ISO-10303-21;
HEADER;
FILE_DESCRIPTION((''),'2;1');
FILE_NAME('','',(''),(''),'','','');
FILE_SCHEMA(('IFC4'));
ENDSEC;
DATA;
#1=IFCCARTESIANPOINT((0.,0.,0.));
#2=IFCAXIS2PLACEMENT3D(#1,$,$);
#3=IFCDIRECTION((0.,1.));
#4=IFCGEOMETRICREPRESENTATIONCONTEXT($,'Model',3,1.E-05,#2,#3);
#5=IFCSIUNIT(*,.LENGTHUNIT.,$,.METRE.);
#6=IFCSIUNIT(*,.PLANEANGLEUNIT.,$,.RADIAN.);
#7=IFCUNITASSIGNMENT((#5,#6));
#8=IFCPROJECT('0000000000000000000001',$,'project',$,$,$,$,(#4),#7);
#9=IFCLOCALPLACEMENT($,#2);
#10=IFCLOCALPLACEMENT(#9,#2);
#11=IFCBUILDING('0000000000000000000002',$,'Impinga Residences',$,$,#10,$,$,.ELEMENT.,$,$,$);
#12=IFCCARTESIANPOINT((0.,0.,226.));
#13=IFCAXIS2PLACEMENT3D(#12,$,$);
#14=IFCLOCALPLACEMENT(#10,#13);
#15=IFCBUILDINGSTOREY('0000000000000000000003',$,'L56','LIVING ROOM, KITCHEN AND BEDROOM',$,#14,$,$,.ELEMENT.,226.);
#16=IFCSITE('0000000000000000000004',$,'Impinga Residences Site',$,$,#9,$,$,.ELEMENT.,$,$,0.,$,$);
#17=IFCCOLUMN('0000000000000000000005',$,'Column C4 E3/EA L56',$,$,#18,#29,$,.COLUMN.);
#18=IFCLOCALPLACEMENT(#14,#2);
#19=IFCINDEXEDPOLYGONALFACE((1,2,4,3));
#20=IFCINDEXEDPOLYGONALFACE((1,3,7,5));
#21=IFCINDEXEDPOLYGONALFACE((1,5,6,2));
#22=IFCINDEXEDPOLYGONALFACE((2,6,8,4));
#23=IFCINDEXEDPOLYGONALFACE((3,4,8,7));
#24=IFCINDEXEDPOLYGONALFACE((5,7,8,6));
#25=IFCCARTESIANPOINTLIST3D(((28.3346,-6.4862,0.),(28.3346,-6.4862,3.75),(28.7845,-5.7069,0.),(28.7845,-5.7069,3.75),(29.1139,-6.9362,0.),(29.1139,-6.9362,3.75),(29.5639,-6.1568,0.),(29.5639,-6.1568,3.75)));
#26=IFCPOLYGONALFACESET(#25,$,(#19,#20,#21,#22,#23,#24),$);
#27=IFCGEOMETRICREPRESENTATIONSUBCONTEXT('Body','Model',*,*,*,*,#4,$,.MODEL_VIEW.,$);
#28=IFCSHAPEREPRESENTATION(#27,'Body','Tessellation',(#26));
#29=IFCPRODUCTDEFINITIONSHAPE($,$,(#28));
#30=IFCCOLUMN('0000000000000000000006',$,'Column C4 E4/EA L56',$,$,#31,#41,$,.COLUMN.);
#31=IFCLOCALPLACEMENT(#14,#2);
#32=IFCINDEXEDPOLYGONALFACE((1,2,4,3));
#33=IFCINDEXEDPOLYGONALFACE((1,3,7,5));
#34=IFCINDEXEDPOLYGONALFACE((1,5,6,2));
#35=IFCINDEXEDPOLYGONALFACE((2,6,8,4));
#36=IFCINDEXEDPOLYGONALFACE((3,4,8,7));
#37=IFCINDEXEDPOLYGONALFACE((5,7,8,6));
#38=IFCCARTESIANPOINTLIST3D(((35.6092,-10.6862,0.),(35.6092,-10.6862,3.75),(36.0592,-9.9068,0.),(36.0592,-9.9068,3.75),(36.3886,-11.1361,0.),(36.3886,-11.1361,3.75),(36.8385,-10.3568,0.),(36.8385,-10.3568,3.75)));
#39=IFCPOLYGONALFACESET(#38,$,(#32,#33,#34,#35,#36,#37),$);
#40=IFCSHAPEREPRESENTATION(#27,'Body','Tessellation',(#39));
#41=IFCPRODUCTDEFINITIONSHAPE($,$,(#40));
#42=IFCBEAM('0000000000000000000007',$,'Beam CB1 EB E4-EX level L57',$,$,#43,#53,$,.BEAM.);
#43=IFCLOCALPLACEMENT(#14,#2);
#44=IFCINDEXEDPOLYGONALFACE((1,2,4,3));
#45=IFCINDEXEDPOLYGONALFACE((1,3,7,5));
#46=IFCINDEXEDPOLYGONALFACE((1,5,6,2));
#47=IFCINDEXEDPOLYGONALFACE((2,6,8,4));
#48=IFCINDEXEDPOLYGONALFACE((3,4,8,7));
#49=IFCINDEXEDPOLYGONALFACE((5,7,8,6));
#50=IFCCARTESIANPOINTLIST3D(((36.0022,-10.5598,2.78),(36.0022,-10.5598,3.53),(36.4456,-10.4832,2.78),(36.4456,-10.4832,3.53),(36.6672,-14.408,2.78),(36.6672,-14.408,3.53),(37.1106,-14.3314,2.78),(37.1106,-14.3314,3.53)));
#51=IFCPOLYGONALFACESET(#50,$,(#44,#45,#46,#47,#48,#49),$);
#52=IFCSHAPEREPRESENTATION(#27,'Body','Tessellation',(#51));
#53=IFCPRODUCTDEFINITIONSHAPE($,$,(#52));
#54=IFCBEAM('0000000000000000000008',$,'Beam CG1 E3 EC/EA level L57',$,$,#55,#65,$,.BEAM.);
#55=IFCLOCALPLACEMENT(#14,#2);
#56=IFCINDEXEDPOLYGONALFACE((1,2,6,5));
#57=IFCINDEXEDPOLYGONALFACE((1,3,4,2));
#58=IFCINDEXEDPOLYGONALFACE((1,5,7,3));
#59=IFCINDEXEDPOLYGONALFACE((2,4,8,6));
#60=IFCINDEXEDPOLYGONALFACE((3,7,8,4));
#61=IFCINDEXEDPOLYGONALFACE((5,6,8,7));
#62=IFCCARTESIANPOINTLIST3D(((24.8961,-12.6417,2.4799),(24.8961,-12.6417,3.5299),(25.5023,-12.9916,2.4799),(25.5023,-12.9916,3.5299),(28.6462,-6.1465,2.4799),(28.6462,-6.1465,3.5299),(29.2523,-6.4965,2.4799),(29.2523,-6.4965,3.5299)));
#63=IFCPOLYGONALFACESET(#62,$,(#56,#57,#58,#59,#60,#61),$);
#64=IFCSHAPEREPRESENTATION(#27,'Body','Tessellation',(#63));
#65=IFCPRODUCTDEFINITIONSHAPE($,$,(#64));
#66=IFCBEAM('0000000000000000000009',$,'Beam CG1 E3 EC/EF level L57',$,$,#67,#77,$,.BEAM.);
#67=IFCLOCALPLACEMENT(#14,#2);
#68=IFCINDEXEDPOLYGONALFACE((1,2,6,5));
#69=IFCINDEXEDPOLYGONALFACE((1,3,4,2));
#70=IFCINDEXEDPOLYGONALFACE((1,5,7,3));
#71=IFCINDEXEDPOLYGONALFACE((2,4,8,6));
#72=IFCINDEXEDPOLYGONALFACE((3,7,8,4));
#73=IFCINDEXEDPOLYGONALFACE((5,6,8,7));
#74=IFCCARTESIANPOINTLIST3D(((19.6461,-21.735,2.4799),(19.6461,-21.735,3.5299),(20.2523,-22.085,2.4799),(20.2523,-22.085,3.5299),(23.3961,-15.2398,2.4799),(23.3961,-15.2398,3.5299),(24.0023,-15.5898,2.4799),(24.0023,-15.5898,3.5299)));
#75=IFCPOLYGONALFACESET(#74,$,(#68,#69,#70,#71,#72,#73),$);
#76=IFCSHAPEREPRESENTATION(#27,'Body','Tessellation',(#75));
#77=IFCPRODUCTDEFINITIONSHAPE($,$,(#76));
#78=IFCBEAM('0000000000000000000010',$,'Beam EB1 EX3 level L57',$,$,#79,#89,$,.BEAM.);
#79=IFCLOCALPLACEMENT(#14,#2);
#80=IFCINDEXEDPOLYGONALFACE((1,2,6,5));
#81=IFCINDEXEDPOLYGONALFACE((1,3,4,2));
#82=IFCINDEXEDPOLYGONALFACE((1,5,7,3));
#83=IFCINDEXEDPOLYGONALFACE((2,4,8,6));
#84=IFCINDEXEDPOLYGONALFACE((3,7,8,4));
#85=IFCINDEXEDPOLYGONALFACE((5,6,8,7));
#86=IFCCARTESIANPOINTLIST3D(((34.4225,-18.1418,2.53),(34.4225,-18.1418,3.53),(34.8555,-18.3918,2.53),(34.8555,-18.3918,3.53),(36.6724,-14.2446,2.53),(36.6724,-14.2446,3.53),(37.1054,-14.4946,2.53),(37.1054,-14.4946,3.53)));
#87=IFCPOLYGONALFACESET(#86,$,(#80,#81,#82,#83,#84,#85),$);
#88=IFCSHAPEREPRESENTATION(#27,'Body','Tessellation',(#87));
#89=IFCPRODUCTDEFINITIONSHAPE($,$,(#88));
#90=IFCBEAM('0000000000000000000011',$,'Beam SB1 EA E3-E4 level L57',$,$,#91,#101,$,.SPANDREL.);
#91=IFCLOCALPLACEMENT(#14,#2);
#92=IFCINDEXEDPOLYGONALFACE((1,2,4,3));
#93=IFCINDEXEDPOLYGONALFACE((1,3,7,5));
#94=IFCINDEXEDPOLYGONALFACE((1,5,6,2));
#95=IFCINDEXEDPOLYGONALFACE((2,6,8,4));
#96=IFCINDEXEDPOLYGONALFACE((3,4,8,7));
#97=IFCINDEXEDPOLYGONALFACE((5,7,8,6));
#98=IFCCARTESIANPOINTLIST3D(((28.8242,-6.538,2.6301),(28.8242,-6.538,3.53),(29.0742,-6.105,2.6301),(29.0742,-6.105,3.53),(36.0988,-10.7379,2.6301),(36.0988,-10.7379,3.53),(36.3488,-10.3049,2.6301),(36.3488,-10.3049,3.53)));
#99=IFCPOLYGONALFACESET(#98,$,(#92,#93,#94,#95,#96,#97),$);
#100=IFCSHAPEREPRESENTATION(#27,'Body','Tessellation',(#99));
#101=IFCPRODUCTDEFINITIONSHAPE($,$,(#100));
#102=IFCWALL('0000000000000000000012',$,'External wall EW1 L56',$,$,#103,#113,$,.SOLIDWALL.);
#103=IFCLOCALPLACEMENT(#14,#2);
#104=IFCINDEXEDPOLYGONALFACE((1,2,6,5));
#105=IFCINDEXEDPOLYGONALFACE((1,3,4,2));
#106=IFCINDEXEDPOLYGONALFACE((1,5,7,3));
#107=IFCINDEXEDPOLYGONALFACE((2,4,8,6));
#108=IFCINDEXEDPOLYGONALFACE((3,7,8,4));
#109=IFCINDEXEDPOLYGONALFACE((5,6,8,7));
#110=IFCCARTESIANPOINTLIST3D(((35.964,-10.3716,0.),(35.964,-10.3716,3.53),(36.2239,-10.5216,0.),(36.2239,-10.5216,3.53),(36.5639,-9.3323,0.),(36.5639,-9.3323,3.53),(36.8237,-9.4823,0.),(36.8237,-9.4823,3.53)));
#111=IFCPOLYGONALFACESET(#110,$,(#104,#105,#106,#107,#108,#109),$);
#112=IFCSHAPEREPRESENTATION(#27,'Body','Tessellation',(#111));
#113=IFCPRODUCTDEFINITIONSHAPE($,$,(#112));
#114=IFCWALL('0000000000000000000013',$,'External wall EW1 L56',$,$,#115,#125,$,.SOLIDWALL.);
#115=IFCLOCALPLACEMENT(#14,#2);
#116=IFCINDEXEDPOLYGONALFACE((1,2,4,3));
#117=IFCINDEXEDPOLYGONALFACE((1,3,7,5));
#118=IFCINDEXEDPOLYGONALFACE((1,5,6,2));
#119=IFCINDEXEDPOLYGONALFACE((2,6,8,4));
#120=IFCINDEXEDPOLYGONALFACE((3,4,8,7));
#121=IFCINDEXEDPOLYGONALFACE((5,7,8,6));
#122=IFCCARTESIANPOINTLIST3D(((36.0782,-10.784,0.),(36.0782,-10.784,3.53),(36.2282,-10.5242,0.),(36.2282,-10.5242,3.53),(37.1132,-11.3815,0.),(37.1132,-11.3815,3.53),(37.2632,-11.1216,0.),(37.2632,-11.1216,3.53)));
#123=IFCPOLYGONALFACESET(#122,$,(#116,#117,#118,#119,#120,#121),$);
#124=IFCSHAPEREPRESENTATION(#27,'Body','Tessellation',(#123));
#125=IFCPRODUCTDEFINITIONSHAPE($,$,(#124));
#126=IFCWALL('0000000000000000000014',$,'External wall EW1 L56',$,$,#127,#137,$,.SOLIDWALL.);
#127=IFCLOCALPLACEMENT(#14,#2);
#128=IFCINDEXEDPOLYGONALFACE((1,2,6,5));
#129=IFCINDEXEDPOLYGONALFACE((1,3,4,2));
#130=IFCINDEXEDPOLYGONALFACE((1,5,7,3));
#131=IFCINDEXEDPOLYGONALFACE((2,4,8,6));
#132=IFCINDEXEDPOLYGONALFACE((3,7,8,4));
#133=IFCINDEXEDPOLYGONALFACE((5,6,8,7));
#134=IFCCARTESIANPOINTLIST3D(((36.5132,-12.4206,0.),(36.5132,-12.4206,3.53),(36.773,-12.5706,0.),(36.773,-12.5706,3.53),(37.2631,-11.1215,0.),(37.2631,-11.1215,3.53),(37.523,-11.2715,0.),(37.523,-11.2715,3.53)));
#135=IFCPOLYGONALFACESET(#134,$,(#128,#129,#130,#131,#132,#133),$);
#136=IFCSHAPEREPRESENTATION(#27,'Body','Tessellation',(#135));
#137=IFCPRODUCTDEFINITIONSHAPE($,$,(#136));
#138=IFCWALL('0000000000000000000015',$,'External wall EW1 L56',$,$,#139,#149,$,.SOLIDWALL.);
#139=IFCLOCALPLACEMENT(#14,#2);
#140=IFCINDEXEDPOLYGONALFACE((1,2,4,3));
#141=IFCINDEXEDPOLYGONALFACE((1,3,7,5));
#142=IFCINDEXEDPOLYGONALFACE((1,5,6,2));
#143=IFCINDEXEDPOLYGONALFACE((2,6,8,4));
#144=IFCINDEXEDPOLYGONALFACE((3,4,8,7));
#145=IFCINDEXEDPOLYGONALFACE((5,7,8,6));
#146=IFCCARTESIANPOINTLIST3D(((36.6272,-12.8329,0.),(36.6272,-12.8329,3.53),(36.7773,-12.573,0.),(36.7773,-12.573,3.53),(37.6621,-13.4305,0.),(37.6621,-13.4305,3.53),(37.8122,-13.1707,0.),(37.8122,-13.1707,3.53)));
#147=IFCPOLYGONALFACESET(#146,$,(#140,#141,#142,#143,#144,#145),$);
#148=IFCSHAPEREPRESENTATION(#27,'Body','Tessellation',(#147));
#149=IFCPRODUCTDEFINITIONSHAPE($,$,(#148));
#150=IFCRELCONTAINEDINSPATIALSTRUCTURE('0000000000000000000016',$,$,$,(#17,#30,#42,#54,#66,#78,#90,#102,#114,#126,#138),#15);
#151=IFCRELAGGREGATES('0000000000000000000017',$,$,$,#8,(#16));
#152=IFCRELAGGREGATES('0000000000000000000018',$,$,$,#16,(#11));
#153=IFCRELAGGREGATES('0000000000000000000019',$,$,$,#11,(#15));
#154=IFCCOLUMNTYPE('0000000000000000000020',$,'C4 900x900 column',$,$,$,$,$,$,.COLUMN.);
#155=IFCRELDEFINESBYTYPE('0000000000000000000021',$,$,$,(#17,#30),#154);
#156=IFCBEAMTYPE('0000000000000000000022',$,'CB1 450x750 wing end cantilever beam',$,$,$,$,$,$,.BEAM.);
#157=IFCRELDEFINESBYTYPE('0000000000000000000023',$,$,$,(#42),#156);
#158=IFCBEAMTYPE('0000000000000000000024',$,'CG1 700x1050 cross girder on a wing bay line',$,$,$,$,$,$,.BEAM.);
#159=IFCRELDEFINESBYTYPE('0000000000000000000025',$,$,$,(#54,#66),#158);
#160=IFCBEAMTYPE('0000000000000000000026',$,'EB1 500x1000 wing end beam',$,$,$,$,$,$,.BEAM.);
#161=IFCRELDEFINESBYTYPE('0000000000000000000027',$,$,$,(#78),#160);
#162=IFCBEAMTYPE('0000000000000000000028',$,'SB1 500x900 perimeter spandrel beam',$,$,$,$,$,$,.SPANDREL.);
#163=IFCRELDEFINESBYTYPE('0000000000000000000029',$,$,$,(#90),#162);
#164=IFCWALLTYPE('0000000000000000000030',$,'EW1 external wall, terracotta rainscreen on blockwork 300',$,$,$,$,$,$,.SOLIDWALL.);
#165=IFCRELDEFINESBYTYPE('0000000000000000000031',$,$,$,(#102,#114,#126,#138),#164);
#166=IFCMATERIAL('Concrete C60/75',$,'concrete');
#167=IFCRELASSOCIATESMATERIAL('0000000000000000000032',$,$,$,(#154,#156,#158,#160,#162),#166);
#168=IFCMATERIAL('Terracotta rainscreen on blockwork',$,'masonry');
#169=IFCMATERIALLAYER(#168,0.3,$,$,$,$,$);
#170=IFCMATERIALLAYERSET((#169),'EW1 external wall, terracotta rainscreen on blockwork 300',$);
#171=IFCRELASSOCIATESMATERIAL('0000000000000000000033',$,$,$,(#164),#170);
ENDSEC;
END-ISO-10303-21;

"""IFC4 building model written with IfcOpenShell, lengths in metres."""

from ifc_helpers import new_model, si_unit, direction, frame, frame_2d, origin, origin_2d, place, context, subcontext, project, spatial, rectangle, extrude, material, layer, layer_set, material_profile, profile_set, type_object, element, save


model = new_model("IFC4")

# Units and contexts
model_context = context("Model", 3, precision=1e-05, world=origin(), true_north=direction((0.0, 1.0)))
body_context = subcontext(model_context, "Body", "Model", "MODEL_VIEW")
ifc_project = project(units=[si_unit("LENGTHUNIT", "METRE"), si_unit("PLANEANGLEUNIT", "RADIAN")], contexts=[model_context])

# Site, building, storey
site_placement = place(None, origin())
site = spatial("IfcSite", under=ifc_project, at=site_placement, Name="Impinga Residences Site", CompositionType="ELEMENT", RefElevation=0.0)
building_placement = place(site_placement, origin())
building = spatial("IfcBuilding", under=site, at=building_placement, Name="Impinga Residences", CompositionType="ELEMENT")
storey_placement = place(building_placement, frame((0.0, 0.0, 226.0)))
storey = spatial("IfcBuildingStorey", under=building, at=storey_placement, Name="L56", Description="LIVING ROOM, KITCHEN AND BEDROOM", CompositionType="ELEMENT", Elevation=226.0)

# Columns
ifc_material_1 = material(Name="Concrete C60/75", Category="concrete")
ifc_material_profile_1 = material_profile(ifc_material_1, rectangle(XDim=0.8999, YDim=0.8999, at=origin_2d()), Name="RC 900x900")
ifc_profile_set_1 = profile_set([ifc_material_profile_1], Name="Concrete C60/75")
column_type = type_object("IfcColumnType", Name="C4 900x900 column", PredefinedType="COLUMN", material=ifc_profile_set_1)
for number, where, z_axis, x_axis, name in (
    (1, (28.9492, -6.3215, 0.0), (0.0, 0.0, 1.0), (-0.5, -0.866025, 0.0), "Column C4 E3/EA L56"),
    (2, (36.2239, -10.5215, 0.0), (0.0, 0.0, 1.0), (-0.5, -0.866025, 0.0), "Column C4 E4/EA L56"),
):
    element("IfcColumn", number, at=place(storey_placement, frame(where, z_axis=z_axis, x_axis=x_axis)), inside=storey, type_object=column_type, Name=name, PredefinedType="COLUMN", context=body_context, shape_type="SweptSolid", body=[
        extrude(rectangle(XDim=0.8999, YDim=0.8999, at=origin_2d()), origin(), (0.0, 0.0, 1.0), 3.75),
    ])

# Beams
ifc_material_profile_2 = material_profile(ifc_material_1, rectangle(XDim=0.45, YDim=0.75, at=origin_2d()), Name="RC 450x750")
ifc_profile_set_2 = profile_set([ifc_material_profile_2], Name="Concrete C60/75")
beam_type_1 = type_object("IfcBeamType", Name="CB1 450x750 wing end cantilever beam", PredefinedType="BEAM", material=ifc_profile_set_2)
beam_1_placement = place(storey_placement, frame((36.2239, -10.5215, 3.155), z_axis=(0.170296, -0.985393, 0.0), x_axis=(0.985393, 0.170296, 0.0)))
element("IfcBeam", 3, at=beam_1_placement, inside=storey, type_object=beam_type_1, Name="Beam CB1 EB E4-EX level L57", PredefinedType="BEAM", context=body_context, shape_type="SweptSolid", body=[
    extrude(rectangle(XDim=0.45, YDim=0.75, at=origin_2d()), origin(), (0.0, 0.0, 1.0), 3.9053),
])
ifc_material_profile_3 = material_profile(ifc_material_1, rectangle(XDim=0.7, YDim=1.05, at=origin_2d()), Name="RC 700x1050")
ifc_profile_set_3 = profile_set([ifc_material_profile_3], Name="Concrete C60/75")
beam_type_2 = type_object("IfcBeamType", Name="CG1 700x1050 cross girder on a wing bay line", PredefinedType="BEAM", material=ifc_profile_set_3)
for number, where, z_axis, x_axis, name in (
    (4, (25.1992, -12.8167, 3.0049), (0.500004, 0.866023, 0.0), (-0.866023, 0.500004, 0.0), "Beam CG1 E3 EC/EA level L57"),
    (5, (23.6992, -15.4148, 3.0049), (-0.500004, -0.866023, 0.0), (0.866023, -0.500004, 0.0), "Beam CG1 E3 EC/EF level L57"),
):
    element("IfcBeam", number, at=place(storey_placement, frame(where, z_axis=z_axis, x_axis=x_axis)), inside=storey, type_object=beam_type_2, Name=name, PredefinedType="BEAM", context=body_context, shape_type="SweptSolid", body=[
        extrude(rectangle(XDim=0.7, YDim=1.05, at=origin_2d()), origin(), (0.0, 0.0, 1.0), 7.5),
    ])
ifc_material_profile_4 = material_profile(ifc_material_1, rectangle(XDim=0.5, YDim=1.0, at=origin_2d()), Name="RC 500x1000")
ifc_profile_set_4 = profile_set([ifc_material_profile_4], Name="Concrete C60/75")
beam_type_3 = type_object("IfcBeamType", Name="EB1 500x1000 wing end beam", PredefinedType="BEAM", material=ifc_profile_set_4)
beam_2_placement = place(storey_placement, frame((36.8889, -14.3696, 3.03), z_axis=(-0.49999, -0.866031, 0.0), x_axis=(0.866031, -0.49999, 0.0)))
element("IfcBeam", 6, at=beam_2_placement, inside=storey, type_object=beam_type_3, Name="Beam EB1 EX3 level L57", PredefinedType="BEAM", context=body_context, shape_type="SweptSolid", body=[
    extrude(rectangle(XDim=0.5, YDim=1.0, at=origin_2d()), origin(), (0.0, 0.0, 1.0), 4.5),
])
ifc_material_profile_5 = material_profile(ifc_material_1, rectangle(XDim=0.5, YDim=0.8999, at=origin_2d()), Name="RC 500x900")
ifc_profile_set_5 = profile_set([ifc_material_profile_5], Name="Concrete C60/75")
beam_type_4 = type_object("IfcBeamType", Name="SB1 500x900 perimeter spandrel beam", PredefinedType="SPANDREL", material=ifc_profile_set_5)
beam_3_placement = place(storey_placement, frame((28.9492, -6.3215, 3.0801), z_axis=(0.866029, -0.499993, 0.0), x_axis=(0.499993, 0.866029, 0.0)))
element("IfcBeam", 7, at=beam_3_placement, inside=storey, type_object=beam_type_4, Name="Beam SB1 EA E3-E4 level L57", PredefinedType="SPANDREL", context=body_context, shape_type="SweptSolid", body=[
    extrude(rectangle(XDim=0.5, YDim=0.8999, at=origin_2d()), origin(), (0.0, 0.0, 1.0), 8.3999),
])

# Walls
ifc_material_2 = material(Name="Terracotta rainscreen on blockwork", Category="masonry")
ifc_layer_1 = layer(ifc_material_2, 0.3)
ifc_layer_set_1 = layer_set([ifc_layer_1], Name="EW1 external wall, terracotta rainscreen on blockwork 300")
wall_type_1 = type_object("IfcWallType", Name="EW1 external wall, terracotta rainscreen on blockwork 300", PredefinedType="SOLIDWALL", material=ifc_layer_set_1)
wall_1_placement = place(storey_placement, frame((36.6938, -9.4072, 0.0), z_axis=(0.0, 0.0, 1.0), x_axis=(-0.499881, -0.866094, 0.0)))
element("IfcWall", 8, at=wall_1_placement, inside=storey, type_object=wall_type_1, Name="External wall EW1 L56", PredefinedType="SOLIDWALL", context=body_context, shape_type="SweptSolid", body=[
    extrude(rectangle(XDim=1.2, YDim=0.3, at=frame_2d((0.6001, 0.0))), origin(), (0.0, 0.0, 1.0), 3.53),
])
wall_2_placement = place(storey_placement, frame((36.1531, -10.6541, 0.0), z_axis=(0.0, 0.0, 1.0), x_axis=(0.86606, -0.499941, 0.0)))
element("IfcWall", 9, at=wall_2_placement, inside=storey, type_object=wall_type_1, Name="External wall EW1 L56", PredefinedType="SOLIDWALL", context=body_context, shape_type="SweptSolid", body=[
    extrude(rectangle(XDim=1.1951, YDim=0.3, at=frame_2d((0.5977, 0.0))), origin(), (0.0, 0.0, 1.0), 3.53),
])
wall_3_placement = place(storey_placement, frame((37.3931, -11.1965, 0.0), z_axis=(0.0, 0.0, 1.0), x_axis=(-0.49999, -0.866031, 0.0)))
element("IfcWall", 10, at=wall_3_placement, inside=storey, type_object=wall_type_1, Name="External wall EW1 L56", PredefinedType="SOLIDWALL", context=body_context, shape_type="SweptSolid", body=[
    extrude(rectangle(XDim=1.5, YDim=0.3, at=frame_2d((0.75, 0.0))), origin(), (0.0, 0.0, 1.0), 3.53),
])
wall_4_placement = place(storey_placement, frame((36.7021, -12.7029, 0.0), z_axis=(0.0, 0.0, 1.0), x_axis=(0.865971, -0.500094, 0.0)))
element("IfcWall", 11, at=wall_4_placement, inside=storey, type_object=wall_type_1, Name="External wall EW1 L56", PredefinedType="SOLIDWALL", context=body_context, shape_type="SweptSolid", body=[
    extrude(rectangle(XDim=1.1951, YDim=0.3, at=frame_2d((0.5977, 0.0))), origin(), (0.0, 0.0, 1.0), 3.53),
])

save(model, "model.ifc")
